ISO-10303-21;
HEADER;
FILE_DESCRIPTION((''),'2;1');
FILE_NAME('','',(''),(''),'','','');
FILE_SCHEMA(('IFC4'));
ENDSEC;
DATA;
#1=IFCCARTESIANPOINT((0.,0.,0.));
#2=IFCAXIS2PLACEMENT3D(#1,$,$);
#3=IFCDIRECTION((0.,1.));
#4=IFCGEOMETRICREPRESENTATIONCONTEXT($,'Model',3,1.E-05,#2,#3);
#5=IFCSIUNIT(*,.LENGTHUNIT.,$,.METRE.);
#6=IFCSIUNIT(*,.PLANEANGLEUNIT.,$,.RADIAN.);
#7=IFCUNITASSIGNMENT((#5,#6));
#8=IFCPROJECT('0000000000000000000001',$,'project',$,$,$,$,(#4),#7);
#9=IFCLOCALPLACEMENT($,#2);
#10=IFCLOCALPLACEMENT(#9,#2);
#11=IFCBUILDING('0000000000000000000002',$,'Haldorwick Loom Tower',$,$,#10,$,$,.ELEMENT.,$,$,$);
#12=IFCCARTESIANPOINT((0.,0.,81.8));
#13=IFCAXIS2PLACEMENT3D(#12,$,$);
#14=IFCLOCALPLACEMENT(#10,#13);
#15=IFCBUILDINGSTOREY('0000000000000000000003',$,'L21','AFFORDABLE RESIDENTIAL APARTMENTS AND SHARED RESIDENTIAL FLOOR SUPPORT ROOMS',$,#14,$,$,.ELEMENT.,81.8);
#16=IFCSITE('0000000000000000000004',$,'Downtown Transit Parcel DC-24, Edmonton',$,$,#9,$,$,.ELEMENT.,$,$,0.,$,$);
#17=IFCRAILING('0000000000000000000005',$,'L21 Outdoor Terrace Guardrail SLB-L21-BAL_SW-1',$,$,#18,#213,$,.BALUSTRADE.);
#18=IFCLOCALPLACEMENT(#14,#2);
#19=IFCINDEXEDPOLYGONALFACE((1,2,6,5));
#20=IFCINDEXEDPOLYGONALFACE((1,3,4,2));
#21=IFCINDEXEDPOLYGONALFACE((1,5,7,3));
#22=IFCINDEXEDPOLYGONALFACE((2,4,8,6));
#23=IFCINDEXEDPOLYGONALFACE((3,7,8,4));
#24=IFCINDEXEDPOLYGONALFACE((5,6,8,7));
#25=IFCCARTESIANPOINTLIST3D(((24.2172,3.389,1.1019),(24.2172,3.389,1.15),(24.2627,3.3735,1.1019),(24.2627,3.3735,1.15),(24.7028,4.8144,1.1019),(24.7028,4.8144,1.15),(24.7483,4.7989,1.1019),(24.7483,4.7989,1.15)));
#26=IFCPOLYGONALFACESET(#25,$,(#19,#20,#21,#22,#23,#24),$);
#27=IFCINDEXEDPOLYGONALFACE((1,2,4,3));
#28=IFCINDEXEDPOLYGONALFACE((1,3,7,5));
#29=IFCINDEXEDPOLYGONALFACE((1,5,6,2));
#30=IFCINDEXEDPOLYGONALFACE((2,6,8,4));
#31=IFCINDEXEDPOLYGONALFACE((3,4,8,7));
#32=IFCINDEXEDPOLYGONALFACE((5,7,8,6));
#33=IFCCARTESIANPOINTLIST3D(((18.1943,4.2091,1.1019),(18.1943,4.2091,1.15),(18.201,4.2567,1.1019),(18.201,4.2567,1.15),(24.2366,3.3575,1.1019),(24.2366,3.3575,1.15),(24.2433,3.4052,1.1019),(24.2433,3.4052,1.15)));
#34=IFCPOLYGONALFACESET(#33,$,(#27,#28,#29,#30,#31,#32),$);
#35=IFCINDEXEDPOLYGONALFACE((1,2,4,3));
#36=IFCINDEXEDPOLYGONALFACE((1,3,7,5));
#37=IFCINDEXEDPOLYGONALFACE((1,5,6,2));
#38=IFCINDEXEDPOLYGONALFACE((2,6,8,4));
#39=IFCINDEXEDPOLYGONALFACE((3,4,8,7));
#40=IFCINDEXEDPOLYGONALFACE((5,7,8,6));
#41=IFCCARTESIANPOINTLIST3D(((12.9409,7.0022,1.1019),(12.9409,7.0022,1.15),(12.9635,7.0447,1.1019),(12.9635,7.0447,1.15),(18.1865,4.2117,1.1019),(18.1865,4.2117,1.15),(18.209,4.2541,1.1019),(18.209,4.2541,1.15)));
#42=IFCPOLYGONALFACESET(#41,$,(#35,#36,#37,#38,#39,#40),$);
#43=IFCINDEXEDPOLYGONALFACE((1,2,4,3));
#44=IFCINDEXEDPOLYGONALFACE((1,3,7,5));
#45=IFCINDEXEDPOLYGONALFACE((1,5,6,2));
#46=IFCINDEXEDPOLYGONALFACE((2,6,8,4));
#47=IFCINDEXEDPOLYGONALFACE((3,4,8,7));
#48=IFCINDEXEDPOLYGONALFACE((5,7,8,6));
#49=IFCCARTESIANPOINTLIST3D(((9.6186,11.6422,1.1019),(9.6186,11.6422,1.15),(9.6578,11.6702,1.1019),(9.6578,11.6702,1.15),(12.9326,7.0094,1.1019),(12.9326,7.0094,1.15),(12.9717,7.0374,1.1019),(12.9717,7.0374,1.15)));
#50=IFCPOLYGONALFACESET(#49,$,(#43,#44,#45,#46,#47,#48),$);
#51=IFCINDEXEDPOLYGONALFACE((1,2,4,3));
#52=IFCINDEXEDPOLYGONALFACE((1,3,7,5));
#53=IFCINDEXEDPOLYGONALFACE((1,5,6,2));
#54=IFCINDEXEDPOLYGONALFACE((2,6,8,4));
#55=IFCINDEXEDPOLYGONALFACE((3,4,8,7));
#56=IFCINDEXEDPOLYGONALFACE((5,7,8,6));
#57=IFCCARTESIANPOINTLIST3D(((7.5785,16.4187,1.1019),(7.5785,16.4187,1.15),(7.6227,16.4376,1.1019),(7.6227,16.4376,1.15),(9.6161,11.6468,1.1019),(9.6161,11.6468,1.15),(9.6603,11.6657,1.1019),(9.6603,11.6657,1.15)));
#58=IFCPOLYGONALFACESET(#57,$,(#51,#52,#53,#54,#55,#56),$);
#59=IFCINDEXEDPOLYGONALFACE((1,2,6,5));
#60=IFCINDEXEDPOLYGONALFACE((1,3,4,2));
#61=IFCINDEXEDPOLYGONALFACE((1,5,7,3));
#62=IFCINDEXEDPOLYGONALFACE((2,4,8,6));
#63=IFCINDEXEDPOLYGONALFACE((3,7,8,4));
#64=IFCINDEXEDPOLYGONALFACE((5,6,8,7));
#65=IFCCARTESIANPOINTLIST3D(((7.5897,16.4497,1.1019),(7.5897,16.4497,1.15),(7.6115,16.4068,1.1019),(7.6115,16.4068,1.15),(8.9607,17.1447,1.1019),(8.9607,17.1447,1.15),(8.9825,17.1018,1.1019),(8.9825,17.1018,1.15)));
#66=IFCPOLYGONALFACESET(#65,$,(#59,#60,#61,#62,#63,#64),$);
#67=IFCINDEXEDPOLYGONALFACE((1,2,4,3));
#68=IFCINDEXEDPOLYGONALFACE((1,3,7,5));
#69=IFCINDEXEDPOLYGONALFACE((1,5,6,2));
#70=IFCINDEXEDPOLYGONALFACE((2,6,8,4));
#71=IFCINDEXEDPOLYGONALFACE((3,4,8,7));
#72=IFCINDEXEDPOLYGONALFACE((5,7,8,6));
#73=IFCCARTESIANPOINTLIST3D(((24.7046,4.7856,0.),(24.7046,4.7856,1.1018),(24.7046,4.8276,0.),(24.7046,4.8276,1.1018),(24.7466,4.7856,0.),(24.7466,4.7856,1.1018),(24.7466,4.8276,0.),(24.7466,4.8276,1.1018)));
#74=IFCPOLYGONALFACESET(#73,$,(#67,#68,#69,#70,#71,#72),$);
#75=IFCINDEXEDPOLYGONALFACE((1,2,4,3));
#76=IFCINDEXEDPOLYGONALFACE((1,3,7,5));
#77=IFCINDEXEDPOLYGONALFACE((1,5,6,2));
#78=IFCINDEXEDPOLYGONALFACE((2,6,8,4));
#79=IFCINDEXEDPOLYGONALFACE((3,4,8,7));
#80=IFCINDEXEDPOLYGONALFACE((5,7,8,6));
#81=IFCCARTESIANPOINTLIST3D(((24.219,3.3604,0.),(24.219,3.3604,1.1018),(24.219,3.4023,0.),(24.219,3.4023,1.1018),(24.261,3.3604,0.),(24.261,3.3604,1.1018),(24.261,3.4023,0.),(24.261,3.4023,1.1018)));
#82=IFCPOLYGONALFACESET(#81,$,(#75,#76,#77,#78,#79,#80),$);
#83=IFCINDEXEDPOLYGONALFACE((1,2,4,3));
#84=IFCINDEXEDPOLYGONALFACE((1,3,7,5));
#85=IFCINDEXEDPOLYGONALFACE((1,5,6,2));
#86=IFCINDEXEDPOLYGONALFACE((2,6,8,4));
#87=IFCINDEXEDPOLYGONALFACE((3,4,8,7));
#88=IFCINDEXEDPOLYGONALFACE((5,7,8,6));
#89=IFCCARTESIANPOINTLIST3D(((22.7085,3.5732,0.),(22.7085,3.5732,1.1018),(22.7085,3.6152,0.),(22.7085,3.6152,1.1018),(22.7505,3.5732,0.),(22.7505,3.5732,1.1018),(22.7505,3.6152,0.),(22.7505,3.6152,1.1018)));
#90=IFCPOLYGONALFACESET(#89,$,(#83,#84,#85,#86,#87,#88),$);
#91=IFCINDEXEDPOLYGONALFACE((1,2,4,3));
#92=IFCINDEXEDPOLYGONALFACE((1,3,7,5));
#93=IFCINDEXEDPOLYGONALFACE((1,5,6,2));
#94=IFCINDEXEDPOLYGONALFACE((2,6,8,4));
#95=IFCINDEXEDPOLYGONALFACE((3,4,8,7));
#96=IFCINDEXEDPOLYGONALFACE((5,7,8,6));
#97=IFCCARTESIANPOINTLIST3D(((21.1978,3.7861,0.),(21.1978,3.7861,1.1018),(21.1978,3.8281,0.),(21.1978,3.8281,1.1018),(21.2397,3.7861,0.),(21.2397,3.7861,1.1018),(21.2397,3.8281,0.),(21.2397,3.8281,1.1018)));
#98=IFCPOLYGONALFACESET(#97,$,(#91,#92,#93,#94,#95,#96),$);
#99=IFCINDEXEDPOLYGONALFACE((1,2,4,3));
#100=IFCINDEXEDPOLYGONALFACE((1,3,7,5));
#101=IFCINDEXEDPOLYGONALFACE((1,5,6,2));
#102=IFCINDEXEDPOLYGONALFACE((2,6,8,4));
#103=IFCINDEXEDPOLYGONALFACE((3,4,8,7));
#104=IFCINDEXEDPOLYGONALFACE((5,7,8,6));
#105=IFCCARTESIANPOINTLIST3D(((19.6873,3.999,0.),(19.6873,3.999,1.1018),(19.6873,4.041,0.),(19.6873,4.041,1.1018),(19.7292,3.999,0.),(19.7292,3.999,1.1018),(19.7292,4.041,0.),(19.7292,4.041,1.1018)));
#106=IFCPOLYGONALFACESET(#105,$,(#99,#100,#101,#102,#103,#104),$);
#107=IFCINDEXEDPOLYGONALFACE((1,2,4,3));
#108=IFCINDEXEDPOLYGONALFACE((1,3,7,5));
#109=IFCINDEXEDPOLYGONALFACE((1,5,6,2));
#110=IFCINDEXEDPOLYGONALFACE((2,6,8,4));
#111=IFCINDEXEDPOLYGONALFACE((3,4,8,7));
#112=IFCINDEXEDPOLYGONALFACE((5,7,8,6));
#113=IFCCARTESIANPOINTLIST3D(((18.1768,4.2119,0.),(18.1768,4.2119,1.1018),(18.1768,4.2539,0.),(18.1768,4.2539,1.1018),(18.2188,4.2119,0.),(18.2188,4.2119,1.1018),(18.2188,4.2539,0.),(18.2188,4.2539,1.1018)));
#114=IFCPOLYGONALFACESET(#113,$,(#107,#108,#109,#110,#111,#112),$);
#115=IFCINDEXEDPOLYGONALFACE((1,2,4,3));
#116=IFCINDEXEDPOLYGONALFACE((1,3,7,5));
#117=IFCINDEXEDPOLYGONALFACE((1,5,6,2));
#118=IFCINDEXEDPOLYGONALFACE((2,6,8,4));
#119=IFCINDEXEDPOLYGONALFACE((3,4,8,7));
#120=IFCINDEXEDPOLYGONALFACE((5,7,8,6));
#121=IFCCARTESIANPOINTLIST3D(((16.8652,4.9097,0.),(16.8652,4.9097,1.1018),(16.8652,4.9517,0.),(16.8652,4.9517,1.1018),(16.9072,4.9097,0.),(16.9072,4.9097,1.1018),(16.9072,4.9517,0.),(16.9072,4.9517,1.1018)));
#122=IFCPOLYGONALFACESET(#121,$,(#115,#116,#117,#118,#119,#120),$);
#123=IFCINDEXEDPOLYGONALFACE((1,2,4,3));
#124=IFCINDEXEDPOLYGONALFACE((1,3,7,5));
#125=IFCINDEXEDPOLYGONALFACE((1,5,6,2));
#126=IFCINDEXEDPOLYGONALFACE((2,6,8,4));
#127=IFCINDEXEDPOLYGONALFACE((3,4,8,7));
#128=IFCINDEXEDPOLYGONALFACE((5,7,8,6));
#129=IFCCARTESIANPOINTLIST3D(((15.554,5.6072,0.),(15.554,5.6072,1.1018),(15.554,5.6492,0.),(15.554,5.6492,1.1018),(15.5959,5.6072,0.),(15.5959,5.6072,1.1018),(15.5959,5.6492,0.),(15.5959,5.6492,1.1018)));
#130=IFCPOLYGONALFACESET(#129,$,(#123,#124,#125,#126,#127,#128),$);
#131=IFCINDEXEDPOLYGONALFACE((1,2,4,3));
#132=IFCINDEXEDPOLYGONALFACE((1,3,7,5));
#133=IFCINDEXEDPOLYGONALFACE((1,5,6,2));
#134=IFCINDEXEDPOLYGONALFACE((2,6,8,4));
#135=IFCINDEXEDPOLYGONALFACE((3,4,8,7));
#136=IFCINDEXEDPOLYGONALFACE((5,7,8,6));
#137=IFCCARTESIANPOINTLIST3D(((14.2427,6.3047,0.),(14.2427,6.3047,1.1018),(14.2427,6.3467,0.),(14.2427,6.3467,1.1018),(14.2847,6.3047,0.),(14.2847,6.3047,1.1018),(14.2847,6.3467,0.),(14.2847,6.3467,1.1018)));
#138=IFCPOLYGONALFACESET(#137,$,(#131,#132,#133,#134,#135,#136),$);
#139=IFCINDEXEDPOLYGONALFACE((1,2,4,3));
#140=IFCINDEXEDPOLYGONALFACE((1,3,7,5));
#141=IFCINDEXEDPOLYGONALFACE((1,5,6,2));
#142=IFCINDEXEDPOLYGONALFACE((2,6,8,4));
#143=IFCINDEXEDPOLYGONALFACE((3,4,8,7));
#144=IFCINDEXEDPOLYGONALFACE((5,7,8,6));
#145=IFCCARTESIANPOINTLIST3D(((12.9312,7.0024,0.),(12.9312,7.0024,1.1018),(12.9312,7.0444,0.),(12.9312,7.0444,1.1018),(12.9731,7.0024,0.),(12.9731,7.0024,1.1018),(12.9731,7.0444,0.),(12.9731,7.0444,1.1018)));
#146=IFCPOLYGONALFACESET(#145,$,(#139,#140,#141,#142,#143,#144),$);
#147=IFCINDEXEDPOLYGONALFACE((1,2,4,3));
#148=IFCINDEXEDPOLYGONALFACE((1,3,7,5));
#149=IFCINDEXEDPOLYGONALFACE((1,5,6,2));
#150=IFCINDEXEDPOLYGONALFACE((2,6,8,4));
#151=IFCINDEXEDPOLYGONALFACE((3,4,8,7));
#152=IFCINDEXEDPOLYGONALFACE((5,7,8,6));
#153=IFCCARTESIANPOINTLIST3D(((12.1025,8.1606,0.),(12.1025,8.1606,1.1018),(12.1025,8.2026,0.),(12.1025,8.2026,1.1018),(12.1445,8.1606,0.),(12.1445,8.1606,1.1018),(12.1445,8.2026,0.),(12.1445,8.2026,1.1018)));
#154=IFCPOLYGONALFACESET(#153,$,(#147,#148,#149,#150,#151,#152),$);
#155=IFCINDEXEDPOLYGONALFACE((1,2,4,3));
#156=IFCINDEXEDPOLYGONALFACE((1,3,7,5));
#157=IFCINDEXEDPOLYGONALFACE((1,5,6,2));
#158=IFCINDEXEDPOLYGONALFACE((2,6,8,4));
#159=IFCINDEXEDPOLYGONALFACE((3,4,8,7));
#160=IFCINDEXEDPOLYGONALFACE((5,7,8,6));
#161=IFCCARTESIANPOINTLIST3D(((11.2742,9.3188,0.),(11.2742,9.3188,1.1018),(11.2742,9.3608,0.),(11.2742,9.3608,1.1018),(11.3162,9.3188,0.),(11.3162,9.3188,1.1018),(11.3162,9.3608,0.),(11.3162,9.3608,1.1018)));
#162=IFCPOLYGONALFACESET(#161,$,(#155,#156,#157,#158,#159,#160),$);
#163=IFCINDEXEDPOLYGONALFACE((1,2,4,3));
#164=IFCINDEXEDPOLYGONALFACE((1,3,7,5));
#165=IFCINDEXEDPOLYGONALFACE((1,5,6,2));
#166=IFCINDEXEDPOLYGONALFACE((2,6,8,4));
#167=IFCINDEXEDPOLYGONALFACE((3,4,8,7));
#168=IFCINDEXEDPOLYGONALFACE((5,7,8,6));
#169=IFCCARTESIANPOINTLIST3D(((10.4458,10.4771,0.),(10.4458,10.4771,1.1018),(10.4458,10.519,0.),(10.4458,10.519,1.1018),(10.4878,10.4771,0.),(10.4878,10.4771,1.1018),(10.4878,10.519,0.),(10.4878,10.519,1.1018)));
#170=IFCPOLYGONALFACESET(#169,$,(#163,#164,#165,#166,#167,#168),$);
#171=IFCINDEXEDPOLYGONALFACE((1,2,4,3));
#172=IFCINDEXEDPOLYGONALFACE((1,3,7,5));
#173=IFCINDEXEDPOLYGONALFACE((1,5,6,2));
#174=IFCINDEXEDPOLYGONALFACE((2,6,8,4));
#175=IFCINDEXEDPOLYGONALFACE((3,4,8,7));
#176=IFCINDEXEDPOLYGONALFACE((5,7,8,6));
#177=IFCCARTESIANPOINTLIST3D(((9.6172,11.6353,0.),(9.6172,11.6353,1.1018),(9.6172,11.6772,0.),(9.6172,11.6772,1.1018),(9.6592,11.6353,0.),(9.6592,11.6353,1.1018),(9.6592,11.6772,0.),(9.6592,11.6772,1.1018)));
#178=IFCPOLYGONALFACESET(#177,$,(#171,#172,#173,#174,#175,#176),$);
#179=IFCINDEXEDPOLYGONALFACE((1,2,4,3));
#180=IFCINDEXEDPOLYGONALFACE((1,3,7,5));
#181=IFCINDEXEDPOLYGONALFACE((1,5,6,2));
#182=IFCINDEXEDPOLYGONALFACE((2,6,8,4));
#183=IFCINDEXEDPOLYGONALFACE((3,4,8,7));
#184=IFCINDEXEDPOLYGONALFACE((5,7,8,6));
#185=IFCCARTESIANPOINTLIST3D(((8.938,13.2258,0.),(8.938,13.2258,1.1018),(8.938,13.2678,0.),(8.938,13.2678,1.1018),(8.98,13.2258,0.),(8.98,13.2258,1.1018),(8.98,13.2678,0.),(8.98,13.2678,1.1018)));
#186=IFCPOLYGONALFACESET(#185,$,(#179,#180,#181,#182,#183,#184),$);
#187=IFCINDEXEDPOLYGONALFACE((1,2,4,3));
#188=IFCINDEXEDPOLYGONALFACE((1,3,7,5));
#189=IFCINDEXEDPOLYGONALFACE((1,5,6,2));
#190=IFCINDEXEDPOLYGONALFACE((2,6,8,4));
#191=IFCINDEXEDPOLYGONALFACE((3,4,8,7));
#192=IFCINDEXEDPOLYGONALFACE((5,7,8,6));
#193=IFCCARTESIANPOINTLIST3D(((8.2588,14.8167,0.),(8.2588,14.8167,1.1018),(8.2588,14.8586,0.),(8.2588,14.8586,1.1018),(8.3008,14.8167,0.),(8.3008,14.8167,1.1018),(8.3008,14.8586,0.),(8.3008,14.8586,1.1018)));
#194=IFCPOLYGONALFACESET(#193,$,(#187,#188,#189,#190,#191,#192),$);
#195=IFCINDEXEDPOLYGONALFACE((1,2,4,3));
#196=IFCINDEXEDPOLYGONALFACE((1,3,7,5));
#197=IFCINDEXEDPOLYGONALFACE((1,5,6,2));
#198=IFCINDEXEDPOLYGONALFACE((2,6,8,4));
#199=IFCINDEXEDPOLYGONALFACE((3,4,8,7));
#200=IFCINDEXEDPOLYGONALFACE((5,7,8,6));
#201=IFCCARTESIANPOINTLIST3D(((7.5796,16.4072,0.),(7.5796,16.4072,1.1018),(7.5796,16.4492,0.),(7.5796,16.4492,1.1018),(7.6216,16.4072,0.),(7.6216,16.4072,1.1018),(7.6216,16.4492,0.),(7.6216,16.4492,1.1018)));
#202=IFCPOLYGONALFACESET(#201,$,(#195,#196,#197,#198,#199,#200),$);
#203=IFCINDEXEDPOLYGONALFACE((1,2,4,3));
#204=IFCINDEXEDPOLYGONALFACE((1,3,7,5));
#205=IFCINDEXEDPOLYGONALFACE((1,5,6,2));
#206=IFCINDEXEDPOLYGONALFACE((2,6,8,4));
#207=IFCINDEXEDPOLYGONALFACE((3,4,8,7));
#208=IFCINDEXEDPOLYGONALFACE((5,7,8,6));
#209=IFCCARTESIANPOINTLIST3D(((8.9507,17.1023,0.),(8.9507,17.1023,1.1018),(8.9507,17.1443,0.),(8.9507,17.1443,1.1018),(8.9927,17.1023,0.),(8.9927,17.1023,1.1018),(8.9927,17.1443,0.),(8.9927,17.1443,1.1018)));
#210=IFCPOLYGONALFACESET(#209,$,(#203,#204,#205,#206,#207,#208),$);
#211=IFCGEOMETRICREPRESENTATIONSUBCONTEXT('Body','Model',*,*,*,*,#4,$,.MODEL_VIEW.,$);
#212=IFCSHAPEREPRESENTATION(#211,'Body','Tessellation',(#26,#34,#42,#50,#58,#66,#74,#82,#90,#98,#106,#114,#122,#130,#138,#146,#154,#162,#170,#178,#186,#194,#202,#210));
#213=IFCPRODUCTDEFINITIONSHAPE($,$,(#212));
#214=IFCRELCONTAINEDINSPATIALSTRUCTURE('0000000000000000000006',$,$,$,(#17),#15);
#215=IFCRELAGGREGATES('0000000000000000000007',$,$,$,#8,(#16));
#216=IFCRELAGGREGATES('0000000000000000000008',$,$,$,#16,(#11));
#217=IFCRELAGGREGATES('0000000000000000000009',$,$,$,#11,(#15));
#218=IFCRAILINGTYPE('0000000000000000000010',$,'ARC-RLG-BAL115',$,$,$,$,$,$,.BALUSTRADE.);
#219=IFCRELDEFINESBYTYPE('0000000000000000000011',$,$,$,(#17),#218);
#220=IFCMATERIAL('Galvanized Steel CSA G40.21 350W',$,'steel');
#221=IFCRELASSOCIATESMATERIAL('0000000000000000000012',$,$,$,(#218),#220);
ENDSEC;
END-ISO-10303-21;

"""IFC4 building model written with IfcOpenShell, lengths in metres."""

from ifc_helpers import new_model, si_unit, direction, frame, origin, origin_2d, place, context, subcontext, project, spatial, rectangle, extrude, material, type_object, element, save


model = new_model("IFC4")

# Units and contexts
model_context = context("Model", 3, precision=1e-05, world=origin(), true_north=direction((0.0, 1.0)))
body_context = subcontext(model_context, "Body", "Model", "MODEL_VIEW")
ifc_project = project(units=[si_unit("LENGTHUNIT", "METRE"), si_unit("PLANEANGLEUNIT", "RADIAN")], contexts=[model_context])

# Site, building, storey
site_placement = place(None, origin())
site = spatial("IfcSite", under=ifc_project, at=site_placement, Name="Downtown Transit Parcel DC-24, Edmonton", CompositionType="ELEMENT", RefElevation=0.0)
building_placement = place(site_placement, origin())
building = spatial("IfcBuilding", under=site, at=building_placement, Name="Haldorwick Loom Tower", CompositionType="ELEMENT")
storey_placement = place(building_placement, frame((0.0, 0.0, 81.8)))
storey = spatial("IfcBuildingStorey", under=building, at=storey_placement, Name="L21", Description="AFFORDABLE RESIDENTIAL APARTMENTS AND SHARED RESIDENTIAL FLOOR SUPPORT ROOMS", CompositionType="ELEMENT", Elevation=81.8)

# Railing
ifc_material_1 = material(Name="Galvanized Steel CSA G40.21 350W", Category="steel")
railing_type = type_object("IfcRailingType", Name="ARC-RLG-BAL115", PredefinedType="BALUSTRADE", material=ifc_material_1)
railing_placement = place(storey_placement, frame((24.7256, 4.8066, 0.0)))
element("IfcRailing", 1, at=railing_placement, inside=storey, type_object=railing_type, Name="L21 Outdoor Terrace Guardrail SLB-L21-BAL_SW-1", PredefinedType="BALUSTRADE", context=body_context, shape_type="SweptSolid", body=[
    extrude(rectangle(XDim=0.0481, YDim=0.0481, at=origin_2d()), frame((0.0, 0.0, 1.126), z_axis=(-0.322496, -0.946571, 0.0), x_axis=(0.946571, -0.322496, 0.0)), (0.0, 0.0, 1.0), 1.5059),
    extrude(rectangle(XDim=0.0481, YDim=0.0481, at=origin_2d()), frame((-0.4856, -1.4253, 1.126), z_axis=(-0.990214, 0.139556, 0.0), x_axis=(-0.139556, -0.990214, 0.0)), (0.0, 0.0, 1.0), 6.1021),
    extrude(rectangle(XDim=0.0481, YDim=0.0481, at=origin_2d()), frame((-6.5278, -0.5737, 1.126), z_axis=(-0.882851, 0.469654, 0.0), x_axis=(-0.469654, -0.882851, 0.0)), (0.0, 0.0, 1.0), 5.9417),
    extrude(rectangle(XDim=0.0481, YDim=0.0481, at=origin_2d()), frame((-11.7734, 2.2168, 1.126), z_axis=(-0.581798, 0.813334, 0.0), x_axis=(-0.813334, -0.581798, 0.0)), (0.0, 0.0, 1.0), 5.696),
    extrude(rectangle(XDim=0.0481, YDim=0.0481, at=origin_2d()), frame((-15.0874, 6.8496, 1.126), z_axis=(-0.392692, 0.91967, 0.0), x_axis=(-0.91967, -0.392692, 0.0)), (0.0, 0.0, 1.0), 5.1887),
    extrude(rectangle(XDim=0.0481, YDim=0.0481, at=origin_2d()), frame((-17.125, 11.6216, 1.126), z_axis=(0.891936, 0.452162, 0.0), x_axis=(-0.452162, 0.891936, 0.0)), (0.0, 0.0, 1.0), 1.5371),
    extrude(rectangle(XDim=0.042, YDim=0.042, at=origin_2d()), origin(), (0.0, 0.0, 1.0), 1.1018),
    extrude(rectangle(XDim=0.042, YDim=0.042, at=origin_2d()), frame((-0.4856, -1.4253, 0.0)), (0.0, 0.0, 1.0), 1.1018),
    extrude(rectangle(XDim=0.042, YDim=0.042, at=origin_2d()), frame((-1.9961, -1.2124, 0.0)), (0.0, 0.0, 1.0), 1.1018),
    extrude(rectangle(XDim=0.042, YDim=0.042, at=origin_2d()), frame((-3.5068, -0.9995, 0.0)), (0.0, 0.0, 1.0), 1.1018),
    extrude(rectangle(XDim=0.042, YDim=0.042, at=origin_2d()), frame((-5.0173, -0.7866, 0.0)), (0.0, 0.0, 1.0), 1.1018),
    extrude(rectangle(XDim=0.042, YDim=0.042, at=origin_2d()), frame((-6.5278, -0.5737, 0.0)), (0.0, 0.0, 1.0), 1.1018),
    extrude(rectangle(XDim=0.042, YDim=0.042, at=origin_2d()), frame((-7.8394, 0.124, 0.0)), (0.0, 0.0, 1.0), 1.1018),
    extrude(rectangle(XDim=0.042, YDim=0.042, at=origin_2d()), frame((-9.1506, 0.8215, 0.0)), (0.0, 0.0, 1.0), 1.1018),
    extrude(rectangle(XDim=0.042, YDim=0.042, at=origin_2d()), frame((-10.4619, 1.519, 0.0)), (0.0, 0.0, 1.0), 1.1018),
    extrude(rectangle(XDim=0.042, YDim=0.042, at=origin_2d()), frame((-11.7734, 2.2168, 0.0)), (0.0, 0.0, 1.0), 1.1018),
    extrude(rectangle(XDim=0.042, YDim=0.042, at=origin_2d()), frame((-12.6021, 3.375, 0.0)), (0.0, 0.0, 1.0), 1.1018),
    extrude(rectangle(XDim=0.042, YDim=0.042, at=origin_2d()), frame((-13.4304, 4.5332, 0.0)), (0.0, 0.0, 1.0), 1.1018),
    extrude(rectangle(XDim=0.042, YDim=0.042, at=origin_2d()), frame((-14.2588, 5.6914, 0.0)), (0.0, 0.0, 1.0), 1.1018),
    extrude(rectangle(XDim=0.042, YDim=0.042, at=origin_2d()), frame((-15.0874, 6.8496, 0.0)), (0.0, 0.0, 1.0), 1.1018),
    extrude(rectangle(XDim=0.042, YDim=0.042, at=origin_2d()), frame((-15.7666, 8.4402, 0.0)), (0.0, 0.0, 1.0), 1.1018),
    extrude(rectangle(XDim=0.042, YDim=0.042, at=origin_2d()), frame((-16.4458, 10.031, 0.0)), (0.0, 0.0, 1.0), 1.1018),
    extrude(rectangle(XDim=0.042, YDim=0.042, at=origin_2d()), frame((-17.125, 11.6216, 0.0)), (0.0, 0.0, 1.0), 1.1018),
    extrude(rectangle(XDim=0.042, YDim=0.042, at=origin_2d()), frame((-15.7539, 12.3167, 0.0)), (0.0, 0.0, 1.0), 1.1018),
])

save(model, "model.ifc")
